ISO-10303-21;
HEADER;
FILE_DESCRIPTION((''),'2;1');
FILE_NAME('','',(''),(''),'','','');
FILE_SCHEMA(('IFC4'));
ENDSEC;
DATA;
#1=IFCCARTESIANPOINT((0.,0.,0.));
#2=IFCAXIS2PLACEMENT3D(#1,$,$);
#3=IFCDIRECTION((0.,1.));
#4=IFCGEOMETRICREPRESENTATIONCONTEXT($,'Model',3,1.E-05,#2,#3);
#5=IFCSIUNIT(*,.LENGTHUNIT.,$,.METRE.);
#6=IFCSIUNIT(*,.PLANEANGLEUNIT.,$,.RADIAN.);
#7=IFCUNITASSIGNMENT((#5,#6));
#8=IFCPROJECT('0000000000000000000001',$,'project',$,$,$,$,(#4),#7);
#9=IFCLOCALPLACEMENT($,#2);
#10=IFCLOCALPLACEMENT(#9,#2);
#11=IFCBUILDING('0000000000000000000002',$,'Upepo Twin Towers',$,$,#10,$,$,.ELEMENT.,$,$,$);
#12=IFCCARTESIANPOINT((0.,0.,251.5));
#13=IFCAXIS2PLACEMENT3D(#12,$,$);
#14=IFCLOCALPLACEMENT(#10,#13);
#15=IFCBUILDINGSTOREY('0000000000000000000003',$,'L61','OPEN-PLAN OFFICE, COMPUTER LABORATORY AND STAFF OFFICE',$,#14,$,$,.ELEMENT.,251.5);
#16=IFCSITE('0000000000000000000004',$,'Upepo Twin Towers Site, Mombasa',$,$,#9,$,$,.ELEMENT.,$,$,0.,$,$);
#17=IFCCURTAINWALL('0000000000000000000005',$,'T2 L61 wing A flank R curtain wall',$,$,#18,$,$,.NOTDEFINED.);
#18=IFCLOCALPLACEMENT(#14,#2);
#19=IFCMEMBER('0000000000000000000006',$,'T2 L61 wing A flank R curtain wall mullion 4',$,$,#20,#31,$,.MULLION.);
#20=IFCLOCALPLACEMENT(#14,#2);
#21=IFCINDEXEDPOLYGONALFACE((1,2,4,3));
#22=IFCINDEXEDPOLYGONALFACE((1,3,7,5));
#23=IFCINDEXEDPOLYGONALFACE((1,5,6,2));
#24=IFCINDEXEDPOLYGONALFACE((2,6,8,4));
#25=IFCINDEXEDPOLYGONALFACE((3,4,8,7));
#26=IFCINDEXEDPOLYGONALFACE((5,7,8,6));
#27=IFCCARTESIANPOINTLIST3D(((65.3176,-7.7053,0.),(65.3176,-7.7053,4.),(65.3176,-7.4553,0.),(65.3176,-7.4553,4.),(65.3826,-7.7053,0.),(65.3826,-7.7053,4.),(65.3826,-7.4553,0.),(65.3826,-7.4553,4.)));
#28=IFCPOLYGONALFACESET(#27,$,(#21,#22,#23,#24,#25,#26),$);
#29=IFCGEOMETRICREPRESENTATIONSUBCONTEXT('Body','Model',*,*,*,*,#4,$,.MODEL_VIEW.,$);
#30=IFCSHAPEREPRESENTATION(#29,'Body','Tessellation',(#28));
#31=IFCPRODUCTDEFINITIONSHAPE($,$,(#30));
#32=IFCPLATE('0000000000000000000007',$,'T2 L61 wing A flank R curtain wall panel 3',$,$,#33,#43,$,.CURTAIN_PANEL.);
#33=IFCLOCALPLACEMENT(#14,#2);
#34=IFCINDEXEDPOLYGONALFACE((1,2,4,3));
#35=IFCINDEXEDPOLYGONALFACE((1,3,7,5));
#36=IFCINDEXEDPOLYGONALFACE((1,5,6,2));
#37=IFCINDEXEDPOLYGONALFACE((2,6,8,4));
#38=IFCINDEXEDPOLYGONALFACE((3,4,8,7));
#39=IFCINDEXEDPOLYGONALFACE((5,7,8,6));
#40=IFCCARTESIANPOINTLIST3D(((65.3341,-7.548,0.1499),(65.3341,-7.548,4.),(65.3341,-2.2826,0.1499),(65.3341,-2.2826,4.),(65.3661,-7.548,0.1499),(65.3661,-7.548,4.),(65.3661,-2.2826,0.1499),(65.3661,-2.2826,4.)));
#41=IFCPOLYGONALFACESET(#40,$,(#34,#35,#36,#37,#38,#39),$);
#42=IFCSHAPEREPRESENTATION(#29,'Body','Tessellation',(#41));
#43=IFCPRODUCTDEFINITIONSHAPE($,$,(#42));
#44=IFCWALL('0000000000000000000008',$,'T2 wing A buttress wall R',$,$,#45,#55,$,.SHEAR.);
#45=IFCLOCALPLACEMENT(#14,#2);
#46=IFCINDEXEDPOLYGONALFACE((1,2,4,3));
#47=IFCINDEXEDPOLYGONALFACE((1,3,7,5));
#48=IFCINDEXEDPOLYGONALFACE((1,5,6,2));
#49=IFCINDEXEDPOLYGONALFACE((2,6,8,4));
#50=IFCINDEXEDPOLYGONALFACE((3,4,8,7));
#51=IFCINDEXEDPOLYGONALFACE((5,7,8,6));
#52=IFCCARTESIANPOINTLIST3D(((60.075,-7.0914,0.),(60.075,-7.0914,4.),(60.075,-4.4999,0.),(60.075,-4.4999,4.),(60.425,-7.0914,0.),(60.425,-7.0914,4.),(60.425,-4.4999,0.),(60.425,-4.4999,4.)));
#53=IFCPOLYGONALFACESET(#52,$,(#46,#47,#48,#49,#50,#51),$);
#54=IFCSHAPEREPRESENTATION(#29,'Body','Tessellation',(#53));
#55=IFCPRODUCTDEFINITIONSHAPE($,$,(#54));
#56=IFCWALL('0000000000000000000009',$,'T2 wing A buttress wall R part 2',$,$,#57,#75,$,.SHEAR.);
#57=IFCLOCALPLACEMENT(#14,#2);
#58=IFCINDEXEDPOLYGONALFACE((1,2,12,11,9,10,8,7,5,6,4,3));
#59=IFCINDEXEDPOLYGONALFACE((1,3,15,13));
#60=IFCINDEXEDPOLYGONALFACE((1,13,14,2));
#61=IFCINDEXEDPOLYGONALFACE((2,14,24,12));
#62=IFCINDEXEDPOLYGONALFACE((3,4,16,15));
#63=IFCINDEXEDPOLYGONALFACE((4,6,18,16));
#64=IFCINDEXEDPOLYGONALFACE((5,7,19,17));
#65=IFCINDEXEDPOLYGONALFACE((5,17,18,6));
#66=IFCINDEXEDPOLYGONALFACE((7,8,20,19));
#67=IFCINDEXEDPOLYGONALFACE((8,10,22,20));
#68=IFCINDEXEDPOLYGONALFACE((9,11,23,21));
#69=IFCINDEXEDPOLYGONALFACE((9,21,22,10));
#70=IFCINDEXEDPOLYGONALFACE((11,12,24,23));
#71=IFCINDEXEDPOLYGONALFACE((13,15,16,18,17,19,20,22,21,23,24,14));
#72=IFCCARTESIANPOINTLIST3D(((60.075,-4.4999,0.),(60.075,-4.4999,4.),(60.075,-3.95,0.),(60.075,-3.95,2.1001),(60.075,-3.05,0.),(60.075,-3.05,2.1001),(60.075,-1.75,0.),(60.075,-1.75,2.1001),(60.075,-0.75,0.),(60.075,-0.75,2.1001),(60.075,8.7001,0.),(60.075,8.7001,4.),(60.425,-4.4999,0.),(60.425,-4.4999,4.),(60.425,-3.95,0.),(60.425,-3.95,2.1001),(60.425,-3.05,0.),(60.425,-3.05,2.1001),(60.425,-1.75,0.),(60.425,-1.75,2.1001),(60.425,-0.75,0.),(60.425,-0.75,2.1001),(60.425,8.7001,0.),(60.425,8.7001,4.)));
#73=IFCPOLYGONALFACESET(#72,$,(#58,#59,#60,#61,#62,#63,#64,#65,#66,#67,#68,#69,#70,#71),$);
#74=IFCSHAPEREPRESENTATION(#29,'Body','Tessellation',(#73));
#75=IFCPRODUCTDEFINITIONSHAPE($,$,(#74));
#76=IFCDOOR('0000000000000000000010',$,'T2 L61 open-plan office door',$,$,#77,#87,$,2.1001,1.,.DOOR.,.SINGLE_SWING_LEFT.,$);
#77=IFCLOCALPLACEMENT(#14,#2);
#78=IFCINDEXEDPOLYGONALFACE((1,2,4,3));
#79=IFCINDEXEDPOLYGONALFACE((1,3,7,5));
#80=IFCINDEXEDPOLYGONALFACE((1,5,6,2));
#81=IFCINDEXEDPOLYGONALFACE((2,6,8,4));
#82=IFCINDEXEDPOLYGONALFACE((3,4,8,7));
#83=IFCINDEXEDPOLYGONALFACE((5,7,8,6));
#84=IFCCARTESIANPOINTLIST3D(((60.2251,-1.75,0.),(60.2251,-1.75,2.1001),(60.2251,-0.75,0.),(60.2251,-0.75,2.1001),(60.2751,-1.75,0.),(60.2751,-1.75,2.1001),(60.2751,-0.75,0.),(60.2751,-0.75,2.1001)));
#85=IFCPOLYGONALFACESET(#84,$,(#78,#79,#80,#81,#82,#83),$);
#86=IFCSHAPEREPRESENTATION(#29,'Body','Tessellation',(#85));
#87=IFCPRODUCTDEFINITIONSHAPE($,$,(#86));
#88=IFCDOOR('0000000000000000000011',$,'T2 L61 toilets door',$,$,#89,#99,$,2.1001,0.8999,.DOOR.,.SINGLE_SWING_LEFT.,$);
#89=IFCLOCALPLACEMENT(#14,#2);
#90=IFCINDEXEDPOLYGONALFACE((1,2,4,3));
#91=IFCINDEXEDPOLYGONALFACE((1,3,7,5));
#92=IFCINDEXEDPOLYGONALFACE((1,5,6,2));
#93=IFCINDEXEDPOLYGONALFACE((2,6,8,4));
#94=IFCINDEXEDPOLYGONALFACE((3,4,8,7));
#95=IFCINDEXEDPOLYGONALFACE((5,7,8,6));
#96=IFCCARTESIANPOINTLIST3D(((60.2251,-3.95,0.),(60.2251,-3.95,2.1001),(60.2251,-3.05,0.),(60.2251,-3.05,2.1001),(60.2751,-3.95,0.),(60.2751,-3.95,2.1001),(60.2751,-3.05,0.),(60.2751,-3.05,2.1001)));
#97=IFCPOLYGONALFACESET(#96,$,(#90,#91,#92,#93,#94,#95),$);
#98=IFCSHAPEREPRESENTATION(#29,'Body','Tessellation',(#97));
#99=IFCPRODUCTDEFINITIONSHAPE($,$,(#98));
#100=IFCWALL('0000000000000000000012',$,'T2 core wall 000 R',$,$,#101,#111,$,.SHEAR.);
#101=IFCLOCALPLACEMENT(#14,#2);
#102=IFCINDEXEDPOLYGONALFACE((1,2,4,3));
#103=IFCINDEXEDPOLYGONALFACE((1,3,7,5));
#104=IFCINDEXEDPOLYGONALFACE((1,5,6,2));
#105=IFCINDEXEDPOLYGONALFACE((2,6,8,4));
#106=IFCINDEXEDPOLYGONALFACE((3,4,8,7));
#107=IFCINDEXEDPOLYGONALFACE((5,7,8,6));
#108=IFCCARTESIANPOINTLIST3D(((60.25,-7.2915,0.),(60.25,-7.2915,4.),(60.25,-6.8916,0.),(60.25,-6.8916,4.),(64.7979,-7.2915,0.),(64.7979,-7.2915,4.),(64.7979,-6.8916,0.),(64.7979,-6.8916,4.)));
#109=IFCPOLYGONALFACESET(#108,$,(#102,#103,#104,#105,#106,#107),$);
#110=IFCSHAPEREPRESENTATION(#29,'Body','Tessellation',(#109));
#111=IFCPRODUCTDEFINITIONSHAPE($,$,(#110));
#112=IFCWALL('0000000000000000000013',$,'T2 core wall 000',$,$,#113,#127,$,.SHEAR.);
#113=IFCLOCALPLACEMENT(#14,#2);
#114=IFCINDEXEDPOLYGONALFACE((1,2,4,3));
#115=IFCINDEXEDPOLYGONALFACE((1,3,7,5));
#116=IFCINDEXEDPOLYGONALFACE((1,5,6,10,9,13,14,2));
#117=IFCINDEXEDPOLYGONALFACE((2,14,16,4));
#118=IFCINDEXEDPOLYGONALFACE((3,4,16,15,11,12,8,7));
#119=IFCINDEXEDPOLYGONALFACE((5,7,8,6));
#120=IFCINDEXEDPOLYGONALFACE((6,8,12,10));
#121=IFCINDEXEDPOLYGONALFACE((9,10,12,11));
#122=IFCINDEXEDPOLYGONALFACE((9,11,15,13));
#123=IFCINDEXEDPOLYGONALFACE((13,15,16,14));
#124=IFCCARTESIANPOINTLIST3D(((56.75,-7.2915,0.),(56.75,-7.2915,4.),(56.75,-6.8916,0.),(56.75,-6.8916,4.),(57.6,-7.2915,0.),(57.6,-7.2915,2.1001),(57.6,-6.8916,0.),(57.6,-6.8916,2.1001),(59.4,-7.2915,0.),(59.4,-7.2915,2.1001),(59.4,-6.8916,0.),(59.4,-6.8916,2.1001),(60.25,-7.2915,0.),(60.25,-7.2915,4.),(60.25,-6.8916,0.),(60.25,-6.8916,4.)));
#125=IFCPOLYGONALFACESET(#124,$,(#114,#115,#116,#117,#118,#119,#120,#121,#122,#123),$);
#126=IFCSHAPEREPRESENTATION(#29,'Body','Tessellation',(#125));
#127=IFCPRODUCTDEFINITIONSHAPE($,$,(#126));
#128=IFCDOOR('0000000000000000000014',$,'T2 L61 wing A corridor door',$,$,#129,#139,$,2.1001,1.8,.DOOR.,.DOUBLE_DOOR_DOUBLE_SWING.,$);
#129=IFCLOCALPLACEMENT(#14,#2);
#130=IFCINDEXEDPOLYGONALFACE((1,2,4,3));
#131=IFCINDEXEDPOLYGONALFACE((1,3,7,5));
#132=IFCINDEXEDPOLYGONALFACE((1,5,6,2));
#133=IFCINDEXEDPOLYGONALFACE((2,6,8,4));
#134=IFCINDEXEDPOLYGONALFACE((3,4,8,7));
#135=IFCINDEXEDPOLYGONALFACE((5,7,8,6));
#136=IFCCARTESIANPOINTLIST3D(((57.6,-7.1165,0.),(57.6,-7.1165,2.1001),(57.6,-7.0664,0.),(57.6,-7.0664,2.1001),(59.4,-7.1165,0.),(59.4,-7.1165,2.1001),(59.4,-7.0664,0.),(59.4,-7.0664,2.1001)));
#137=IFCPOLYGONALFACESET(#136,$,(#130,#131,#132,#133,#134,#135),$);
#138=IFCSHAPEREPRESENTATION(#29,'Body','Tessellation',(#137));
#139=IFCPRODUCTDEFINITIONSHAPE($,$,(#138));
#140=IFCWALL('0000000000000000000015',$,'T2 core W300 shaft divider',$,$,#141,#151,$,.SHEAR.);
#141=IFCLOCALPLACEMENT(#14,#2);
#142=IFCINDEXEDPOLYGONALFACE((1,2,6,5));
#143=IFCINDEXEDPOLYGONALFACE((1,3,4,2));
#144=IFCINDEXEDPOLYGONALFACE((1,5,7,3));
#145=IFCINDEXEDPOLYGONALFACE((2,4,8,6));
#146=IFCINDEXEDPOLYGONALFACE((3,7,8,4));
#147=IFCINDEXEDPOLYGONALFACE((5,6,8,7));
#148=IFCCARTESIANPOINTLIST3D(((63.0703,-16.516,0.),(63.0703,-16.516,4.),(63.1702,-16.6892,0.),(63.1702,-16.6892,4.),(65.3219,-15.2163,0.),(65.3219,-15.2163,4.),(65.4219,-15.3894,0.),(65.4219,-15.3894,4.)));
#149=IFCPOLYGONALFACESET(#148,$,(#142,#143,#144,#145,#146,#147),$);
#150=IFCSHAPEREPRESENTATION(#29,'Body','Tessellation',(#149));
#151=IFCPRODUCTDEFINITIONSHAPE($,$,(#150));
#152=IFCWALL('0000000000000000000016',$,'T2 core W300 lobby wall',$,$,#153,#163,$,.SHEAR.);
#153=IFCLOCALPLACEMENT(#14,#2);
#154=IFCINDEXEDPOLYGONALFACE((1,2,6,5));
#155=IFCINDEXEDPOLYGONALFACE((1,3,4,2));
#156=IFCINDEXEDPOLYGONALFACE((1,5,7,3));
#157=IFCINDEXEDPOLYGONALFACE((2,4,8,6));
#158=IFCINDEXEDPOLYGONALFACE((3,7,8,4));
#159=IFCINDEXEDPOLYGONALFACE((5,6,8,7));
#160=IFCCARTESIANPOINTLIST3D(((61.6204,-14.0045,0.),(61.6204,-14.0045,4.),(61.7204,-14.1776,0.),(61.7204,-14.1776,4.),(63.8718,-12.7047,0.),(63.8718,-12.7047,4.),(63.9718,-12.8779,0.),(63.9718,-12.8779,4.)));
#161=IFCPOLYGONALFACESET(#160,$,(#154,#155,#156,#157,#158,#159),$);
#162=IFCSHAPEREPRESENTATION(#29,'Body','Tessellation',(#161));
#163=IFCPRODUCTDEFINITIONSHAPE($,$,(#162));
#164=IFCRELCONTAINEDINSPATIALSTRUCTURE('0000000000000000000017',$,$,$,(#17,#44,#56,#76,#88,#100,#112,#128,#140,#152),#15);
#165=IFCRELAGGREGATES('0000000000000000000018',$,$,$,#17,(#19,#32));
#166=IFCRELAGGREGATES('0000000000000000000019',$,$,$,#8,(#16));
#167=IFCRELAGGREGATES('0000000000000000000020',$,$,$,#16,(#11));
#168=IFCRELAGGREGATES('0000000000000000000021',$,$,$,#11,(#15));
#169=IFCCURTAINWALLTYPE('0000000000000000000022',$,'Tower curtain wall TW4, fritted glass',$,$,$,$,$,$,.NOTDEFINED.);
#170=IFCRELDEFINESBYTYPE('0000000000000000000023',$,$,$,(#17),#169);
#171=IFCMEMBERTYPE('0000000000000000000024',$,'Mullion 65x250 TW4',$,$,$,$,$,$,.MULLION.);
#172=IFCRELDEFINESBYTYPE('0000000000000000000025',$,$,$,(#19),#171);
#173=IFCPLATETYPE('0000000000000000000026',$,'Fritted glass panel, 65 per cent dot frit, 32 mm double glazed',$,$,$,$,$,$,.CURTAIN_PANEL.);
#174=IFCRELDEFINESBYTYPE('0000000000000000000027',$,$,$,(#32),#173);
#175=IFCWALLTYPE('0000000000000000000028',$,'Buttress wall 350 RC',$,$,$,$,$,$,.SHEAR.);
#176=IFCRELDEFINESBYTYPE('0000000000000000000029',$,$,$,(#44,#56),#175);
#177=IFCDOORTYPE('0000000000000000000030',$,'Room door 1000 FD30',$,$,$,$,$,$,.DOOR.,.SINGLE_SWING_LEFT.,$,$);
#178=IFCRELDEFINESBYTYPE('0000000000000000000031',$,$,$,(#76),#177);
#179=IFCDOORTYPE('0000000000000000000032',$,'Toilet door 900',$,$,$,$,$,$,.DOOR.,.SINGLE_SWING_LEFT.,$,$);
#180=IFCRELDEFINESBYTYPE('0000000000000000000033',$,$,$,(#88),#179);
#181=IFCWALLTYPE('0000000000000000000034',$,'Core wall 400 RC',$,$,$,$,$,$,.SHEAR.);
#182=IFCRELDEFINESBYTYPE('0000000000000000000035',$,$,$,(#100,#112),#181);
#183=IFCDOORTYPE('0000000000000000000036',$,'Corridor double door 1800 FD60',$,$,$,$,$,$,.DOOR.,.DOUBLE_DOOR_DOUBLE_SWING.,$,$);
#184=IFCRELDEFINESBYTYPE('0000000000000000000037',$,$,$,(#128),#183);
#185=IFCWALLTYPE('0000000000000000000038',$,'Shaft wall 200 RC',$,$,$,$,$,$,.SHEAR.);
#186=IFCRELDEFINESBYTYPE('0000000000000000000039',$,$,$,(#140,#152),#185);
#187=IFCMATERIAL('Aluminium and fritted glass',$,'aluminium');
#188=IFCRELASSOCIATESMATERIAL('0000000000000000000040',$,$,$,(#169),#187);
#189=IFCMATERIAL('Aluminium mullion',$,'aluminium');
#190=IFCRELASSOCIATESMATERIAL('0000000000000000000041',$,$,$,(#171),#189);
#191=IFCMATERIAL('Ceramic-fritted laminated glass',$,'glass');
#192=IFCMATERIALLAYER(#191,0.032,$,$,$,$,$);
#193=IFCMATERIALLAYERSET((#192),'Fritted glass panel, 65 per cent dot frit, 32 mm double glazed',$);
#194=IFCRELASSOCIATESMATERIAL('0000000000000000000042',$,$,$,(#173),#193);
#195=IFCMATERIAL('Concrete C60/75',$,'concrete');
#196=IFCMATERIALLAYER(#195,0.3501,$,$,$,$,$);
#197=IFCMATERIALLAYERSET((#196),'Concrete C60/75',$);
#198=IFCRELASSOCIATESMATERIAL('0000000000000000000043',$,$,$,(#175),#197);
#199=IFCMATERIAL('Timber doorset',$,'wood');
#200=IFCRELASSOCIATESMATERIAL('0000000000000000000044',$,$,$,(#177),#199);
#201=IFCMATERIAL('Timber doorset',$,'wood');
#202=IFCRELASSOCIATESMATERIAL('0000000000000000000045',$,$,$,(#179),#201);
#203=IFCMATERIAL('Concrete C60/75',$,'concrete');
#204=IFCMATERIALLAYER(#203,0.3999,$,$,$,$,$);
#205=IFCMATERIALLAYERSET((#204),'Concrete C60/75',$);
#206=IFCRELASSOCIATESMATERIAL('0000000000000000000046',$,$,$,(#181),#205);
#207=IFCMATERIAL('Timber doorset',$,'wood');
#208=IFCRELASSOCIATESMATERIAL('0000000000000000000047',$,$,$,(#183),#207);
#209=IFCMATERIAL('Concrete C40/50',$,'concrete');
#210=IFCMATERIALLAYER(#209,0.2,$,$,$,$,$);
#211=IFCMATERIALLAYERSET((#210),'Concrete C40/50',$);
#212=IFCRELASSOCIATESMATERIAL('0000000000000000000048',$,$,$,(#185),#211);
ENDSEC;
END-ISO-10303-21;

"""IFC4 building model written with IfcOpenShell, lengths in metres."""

from ifc_helpers import new_model, si_unit, direction, frame, frame_2d, origin, origin_2d, place, context, subcontext, project, spatial, rectangle, extrude, material, layer, layer_set, material_profile, profile_set, type_object, element, fill, aggregate, save


model = new_model("IFC4")

# Units and contexts
model_context = context("Model", 3, precision=1e-05, world=origin(), true_north=direction((0.0, 1.0)))
body_context = subcontext(model_context, "Body", "Model", "MODEL_VIEW")
ifc_project = project(units=[si_unit("LENGTHUNIT", "METRE"), si_unit("PLANEANGLEUNIT", "RADIAN")], contexts=[model_context])

# Site, building, storey
site_placement = place(None, origin())
site = spatial("IfcSite", under=ifc_project, at=site_placement, Name="Upepo Twin Towers Site, Mombasa", CompositionType="ELEMENT", RefElevation=0.0)
building_placement = place(site_placement, origin())
building = spatial("IfcBuilding", under=site, at=building_placement, Name="Upepo Twin Towers", CompositionType="ELEMENT")
storey_placement = place(building_placement, frame((0.0, 0.0, 251.5)))
storey = spatial("IfcBuildingStorey", under=building, at=storey_placement, Name="L61", Description="OPEN-PLAN OFFICE, COMPUTER LABORATORY AND STAFF OFFICE", CompositionType="ELEMENT", Elevation=251.5)

# Curtain wall, member, plate
ifc_material_1 = material(Name="Aluminium and fritted glass", Category="aluminium")
curtain_wall_type = type_object("IfcCurtainWallType", Name="Tower curtain wall TW4, fritted glass", PredefinedType="NOTDEFINED", material=ifc_material_1)
curtain_wall_placement = place(storey_placement, origin())
curtain_wall = element("IfcCurtainWall", 1, at=curtain_wall_placement, inside=storey, type_object=curtain_wall_type, Name="T2 L61 wing A flank R curtain wall", PredefinedType="NOTDEFINED")
ifc_material_2 = material(Name="Aluminium mullion", Category="aluminium")
ifc_material_profile = material_profile(ifc_material_2, rectangle(XDim=0.0649, YDim=0.25, at=origin_2d()), Name="MULLION 65x250")
ifc_profile_set = profile_set([ifc_material_profile], Name="Aluminium mullion")
member_type = type_object("IfcMemberType", Name="Mullion 65x250 TW4", PredefinedType="MULLION", material=ifc_profile_set)
member_placement = place(storey_placement, frame((65.3501, -7.5803, 0.0), z_axis=(0.0, 0.0, 1.0), x_axis=(1.0, 0.0, 0.0)))
member = element("IfcMember", 2, at=member_placement, type_object=member_type, Name="T2 L61 wing A flank R curtain wall mullion 4", PredefinedType="MULLION", context=body_context, shape_type="SweptSolid", body=[
    extrude(rectangle(XDim=0.0649, YDim=0.25, at=origin_2d()), origin(), (0.0, 0.0, 1.0), 4.0),
])
ifc_material_3 = material(Name="Ceramic-fritted laminated glass", Category="glass")
ifc_layer_1 = layer(ifc_material_3, 0.032)
ifc_layer_set_1 = layer_set([ifc_layer_1], Name="Fritted glass panel, 65 per cent dot frit, 32 mm double glazed")
plate_type = type_object("IfcPlateType", Name="Fritted glass panel, 65 per cent dot frit, 32 mm double glazed", PredefinedType="CURTAIN_PANEL", material=ifc_layer_set_1)
plate_placement = place(storey_placement, frame((65.3501, -4.9153, 0.1499), z_axis=(0.0, 0.0, 1.0), x_axis=(0.0, -1.0, 0.0)))
plate = element("IfcPlate", 3, at=plate_placement, type_object=plate_type, Name="T2 L61 wing A flank R curtain wall panel 3", PredefinedType="CURTAIN_PANEL", context=body_context, shape_type="SweptSolid", body=[
    extrude(rectangle(XDim=5.2654, YDim=0.032, at=origin_2d()), origin(), (0.0, 0.0, 1.0), 3.8501),
])
aggregate(curtain_wall, [member, plate])

# Wall
ifc_material_4 = material(Name="Concrete C60/75", Category="concrete")
ifc_layer_2 = layer(ifc_material_4, 0.3501)
ifc_layer_set_2 = layer_set([ifc_layer_2], Name="Concrete C60/75")
wall_type_1 = type_object("IfcWallType", Name="Buttress wall 350 RC", PredefinedType="SHEAR", material=ifc_layer_set_2)
wall_1_placement = place(storey_placement, frame((60.25, -7.0916, 0.0), z_axis=(0.0, 0.0, 1.0), x_axis=(0.0, 1.0, 0.0)))
element("IfcWall", 4, at=wall_1_placement, inside=storey, type_object=wall_type_1, Name="T2 wing A buttress wall R", PredefinedType="SHEAR", context=body_context, shape_type="SweptSolid", body=[
    extrude(rectangle(XDim=2.5916, YDim=0.3501, at=frame_2d((1.2959, 0.0))), origin(), (0.0, 0.0, 1.0), 4.0),
])

# Wall, openings, doors
wall_2_placement = place(storey_placement, frame((60.25, -4.5, 0.0), z_axis=(0.0, 0.0, 1.0), x_axis=(0.0, 1.0, 0.0)))
wall_2 = element("IfcWall", 5, at=wall_2_placement, inside=storey, type_object=wall_type_1, Name="T2 wing A buttress wall R part 2", PredefinedType="SHEAR", context=body_context, shape_type="SweptSolid", body=[
    extrude(rectangle(XDim=13.2, YDim=0.3501, at=frame_2d((6.6001, 0.0))), origin(), (0.0, 0.0, 1.0), 4.0),
])
opening_1_placement = place(wall_2_placement, frame((0.55, 0.0, 0.0)))
opening_1 = element("IfcOpeningElement", 6, at=opening_1_placement, cuts=wall_2, PredefinedType="OPENING", context=body_context, shape_type="SweptSolid", body=[
    extrude(rectangle(XDim=0.8999, YDim=2.1001, at=frame_2d((0.45, 1.05))), frame((0.0, 0.1851, 0.0), z_axis=(0.0, -1.0, 0.0), x_axis=(1.0, 0.0, 0.0)), (0.0, 0.0, 1.0), 0.3701),
])
opening_2_placement = place(wall_2_placement, frame((2.75, 0.0, 0.0)))
opening_2 = element("IfcOpeningElement", 7, at=opening_2_placement, cuts=wall_2, PredefinedType="OPENING", context=body_context, shape_type="SweptSolid", body=[
    extrude(rectangle(XDim=1.0, YDim=2.1001, at=frame_2d((0.5, 1.05))), frame((0.0, 0.1851, 0.0), z_axis=(0.0, -1.0, 0.0), x_axis=(1.0, 0.0, 0.0)), (0.0, 0.0, 1.0), 0.3701),
])
ifc_material_5 = material(Name="Timber doorset", Category="wood")
door_type_1 = type_object("IfcDoorType", Name="Room door 1000 FD30", OperationType="SINGLE_SWING_LEFT", PredefinedType="DOOR", material=ifc_material_5)
door_1_placement = place(opening_2_placement, origin())
door_1 = element("IfcDoor", 8, at=door_1_placement, inside=storey, type_object=door_type_1, Name="T2 L61 open-plan office door", OperationType="SINGLE_SWING_LEFT", OverallHeight=2.1001, OverallWidth=1.0, PredefinedType="DOOR", context=body_context, shape_type="SweptSolid", body=[
    extrude(rectangle(XDim=1.0, YDim=2.1001, at=frame_2d((0.5, 1.05))), frame((0.0, 0.0249, 0.0), z_axis=(0.0, -1.0, 0.0), x_axis=(1.0, 0.0, 0.0)), (0.0, 0.0, 1.0), 0.05),
])
fill(opening_2, door_1)
ifc_material_6 = material(Name="Timber doorset", Category="wood")
door_type_2 = type_object("IfcDoorType", Name="Toilet door 900", OperationType="SINGLE_SWING_LEFT", PredefinedType="DOOR", material=ifc_material_6)
door_2_placement = place(opening_1_placement, origin())
door_2 = element("IfcDoor", 9, at=door_2_placement, inside=storey, type_object=door_type_2, Name="T2 L61 toilets door", OperationType="SINGLE_SWING_LEFT", OverallHeight=2.1001, OverallWidth=0.8999, PredefinedType="DOOR", context=body_context, shape_type="SweptSolid", body=[
    extrude(rectangle(XDim=0.8999, YDim=2.1001, at=frame_2d((0.45, 1.05))), frame((0.0, 0.0249, 0.0), z_axis=(0.0, -1.0, 0.0), x_axis=(1.0, 0.0, 0.0)), (0.0, 0.0, 1.0), 0.05),
])
fill(opening_1, door_2)

# Wall
ifc_material_7 = material(Name="Concrete C60/75", Category="concrete")
ifc_layer_3 = layer(ifc_material_7, 0.3999)
ifc_layer_set_3 = layer_set([ifc_layer_3], Name="Concrete C60/75")
wall_type_2 = type_object("IfcWallType", Name="Core wall 400 RC", PredefinedType="SHEAR", material=ifc_layer_set_3)
wall_3_placement = place(storey_placement, frame((64.7979, -7.0916, 0.0), z_axis=(0.0, 0.0, 1.0), x_axis=(-1.0, 0.0, 0.0)))
element("IfcWall", 10, at=wall_3_placement, inside=storey, type_object=wall_type_2, Name="T2 core wall 000 R", PredefinedType="SHEAR", context=body_context, shape_type="SweptSolid", body=[
    extrude(rectangle(XDim=4.5479, YDim=0.3999, at=frame_2d((2.2739, 0.0))), origin(), (0.0, 0.0, 1.0), 4.0),
])

# Wall, opening, door
wall_4_placement = place(storey_placement, frame((60.25, -7.0916, 0.0), z_axis=(0.0, 0.0, 1.0), x_axis=(-1.0, 0.0, 0.0)))
wall_4 = element("IfcWall", 11, at=wall_4_placement, inside=storey, type_object=wall_type_2, Name="T2 core wall 000", PredefinedType="SHEAR", context=body_context, shape_type="SweptSolid", body=[
    extrude(rectangle(XDim=3.5, YDim=0.3999, at=frame_2d((1.75, 0.0))), origin(), (0.0, 0.0, 1.0), 4.0),
])
opening_3_placement = place(wall_4_placement, frame((0.8501, 0.0, 0.0)))
opening_3 = element("IfcOpeningElement", 12, at=opening_3_placement, cuts=wall_4, PredefinedType="OPENING", context=body_context, shape_type="SweptSolid", body=[
    extrude(rectangle(XDim=1.8, YDim=2.1001, at=frame_2d((0.8999, 1.05))), frame((0.0, 0.21, 0.0), z_axis=(0.0, -1.0, 0.0), x_axis=(1.0, 0.0, 0.0)), (0.0, 0.0, 1.0), 0.4199),
])
ifc_material_8 = material(Name="Timber doorset", Category="wood")
door_type_3 = type_object("IfcDoorType", Name="Corridor double door 1800 FD60", OperationType="DOUBLE_DOOR_DOUBLE_SWING", PredefinedType="DOOR", material=ifc_material_8)
door_3_placement = place(opening_3_placement, origin())
door_3 = element("IfcDoor", 13, at=door_3_placement, inside=storey, type_object=door_type_3, Name="T2 L61 wing A corridor door", OperationType="DOUBLE_DOOR_DOUBLE_SWING", OverallHeight=2.1001, OverallWidth=1.8, PredefinedType="DOOR", context=body_context, shape_type="SweptSolid", body=[
    extrude(rectangle(XDim=1.8, YDim=2.1001, at=frame_2d((0.8999, 1.05))), frame((0.0, 0.0249, 0.0), z_axis=(0.0, -1.0, 0.0), x_axis=(1.0, 0.0, 0.0)), (0.0, 0.0, 1.0), 0.05),
])
fill(opening_3, door_3)

# Walls
ifc_material_9 = material(Name="Concrete C40/50", Category="concrete")
ifc_layer_4 = layer(ifc_material_9, 0.2)
ifc_layer_set_4 = layer_set([ifc_layer_4], Name="Concrete C40/50")
wall_type_3 = type_object("IfcWallType", Name="Shaft wall 200 RC", PredefinedType="SHEAR", material=ifc_layer_set_4)
wall_5_placement = place(storey_placement, frame((63.1204, -16.6025, 0.0), z_axis=(0.0, 0.0, 1.0), x_axis=(0.866062, 0.499937, 0.0)))
element("IfcWall", 14, at=wall_5_placement, inside=storey, type_object=wall_type_3, Name="T2 core W300 shaft divider", PredefinedType="SHEAR", context=body_context, shape_type="SweptSolid", body=[
    extrude(rectangle(XDim=2.5999, YDim=0.2, at=frame_2d((1.2998, 0.0))), origin(), (0.0, 0.0, 1.0), 4.0),
])
wall_6_placement = place(storey_placement, frame((61.6704, -14.0911, 0.0), z_axis=(0.0, 0.0, 1.0), x_axis=(0.866039, 0.499977, 0.0)))
element("IfcWall", 15, at=wall_6_placement, inside=storey, type_object=wall_type_3, Name="T2 core W300 lobby wall", PredefinedType="SHEAR", context=body_context, shape_type="SweptSolid", body=[
    extrude(rectangle(XDim=2.5996, YDim=0.2, at=frame_2d((1.2998, 0.0))), origin(), (0.0, 0.0, 1.0), 4.0),
])

save(model, "model.ifc")
